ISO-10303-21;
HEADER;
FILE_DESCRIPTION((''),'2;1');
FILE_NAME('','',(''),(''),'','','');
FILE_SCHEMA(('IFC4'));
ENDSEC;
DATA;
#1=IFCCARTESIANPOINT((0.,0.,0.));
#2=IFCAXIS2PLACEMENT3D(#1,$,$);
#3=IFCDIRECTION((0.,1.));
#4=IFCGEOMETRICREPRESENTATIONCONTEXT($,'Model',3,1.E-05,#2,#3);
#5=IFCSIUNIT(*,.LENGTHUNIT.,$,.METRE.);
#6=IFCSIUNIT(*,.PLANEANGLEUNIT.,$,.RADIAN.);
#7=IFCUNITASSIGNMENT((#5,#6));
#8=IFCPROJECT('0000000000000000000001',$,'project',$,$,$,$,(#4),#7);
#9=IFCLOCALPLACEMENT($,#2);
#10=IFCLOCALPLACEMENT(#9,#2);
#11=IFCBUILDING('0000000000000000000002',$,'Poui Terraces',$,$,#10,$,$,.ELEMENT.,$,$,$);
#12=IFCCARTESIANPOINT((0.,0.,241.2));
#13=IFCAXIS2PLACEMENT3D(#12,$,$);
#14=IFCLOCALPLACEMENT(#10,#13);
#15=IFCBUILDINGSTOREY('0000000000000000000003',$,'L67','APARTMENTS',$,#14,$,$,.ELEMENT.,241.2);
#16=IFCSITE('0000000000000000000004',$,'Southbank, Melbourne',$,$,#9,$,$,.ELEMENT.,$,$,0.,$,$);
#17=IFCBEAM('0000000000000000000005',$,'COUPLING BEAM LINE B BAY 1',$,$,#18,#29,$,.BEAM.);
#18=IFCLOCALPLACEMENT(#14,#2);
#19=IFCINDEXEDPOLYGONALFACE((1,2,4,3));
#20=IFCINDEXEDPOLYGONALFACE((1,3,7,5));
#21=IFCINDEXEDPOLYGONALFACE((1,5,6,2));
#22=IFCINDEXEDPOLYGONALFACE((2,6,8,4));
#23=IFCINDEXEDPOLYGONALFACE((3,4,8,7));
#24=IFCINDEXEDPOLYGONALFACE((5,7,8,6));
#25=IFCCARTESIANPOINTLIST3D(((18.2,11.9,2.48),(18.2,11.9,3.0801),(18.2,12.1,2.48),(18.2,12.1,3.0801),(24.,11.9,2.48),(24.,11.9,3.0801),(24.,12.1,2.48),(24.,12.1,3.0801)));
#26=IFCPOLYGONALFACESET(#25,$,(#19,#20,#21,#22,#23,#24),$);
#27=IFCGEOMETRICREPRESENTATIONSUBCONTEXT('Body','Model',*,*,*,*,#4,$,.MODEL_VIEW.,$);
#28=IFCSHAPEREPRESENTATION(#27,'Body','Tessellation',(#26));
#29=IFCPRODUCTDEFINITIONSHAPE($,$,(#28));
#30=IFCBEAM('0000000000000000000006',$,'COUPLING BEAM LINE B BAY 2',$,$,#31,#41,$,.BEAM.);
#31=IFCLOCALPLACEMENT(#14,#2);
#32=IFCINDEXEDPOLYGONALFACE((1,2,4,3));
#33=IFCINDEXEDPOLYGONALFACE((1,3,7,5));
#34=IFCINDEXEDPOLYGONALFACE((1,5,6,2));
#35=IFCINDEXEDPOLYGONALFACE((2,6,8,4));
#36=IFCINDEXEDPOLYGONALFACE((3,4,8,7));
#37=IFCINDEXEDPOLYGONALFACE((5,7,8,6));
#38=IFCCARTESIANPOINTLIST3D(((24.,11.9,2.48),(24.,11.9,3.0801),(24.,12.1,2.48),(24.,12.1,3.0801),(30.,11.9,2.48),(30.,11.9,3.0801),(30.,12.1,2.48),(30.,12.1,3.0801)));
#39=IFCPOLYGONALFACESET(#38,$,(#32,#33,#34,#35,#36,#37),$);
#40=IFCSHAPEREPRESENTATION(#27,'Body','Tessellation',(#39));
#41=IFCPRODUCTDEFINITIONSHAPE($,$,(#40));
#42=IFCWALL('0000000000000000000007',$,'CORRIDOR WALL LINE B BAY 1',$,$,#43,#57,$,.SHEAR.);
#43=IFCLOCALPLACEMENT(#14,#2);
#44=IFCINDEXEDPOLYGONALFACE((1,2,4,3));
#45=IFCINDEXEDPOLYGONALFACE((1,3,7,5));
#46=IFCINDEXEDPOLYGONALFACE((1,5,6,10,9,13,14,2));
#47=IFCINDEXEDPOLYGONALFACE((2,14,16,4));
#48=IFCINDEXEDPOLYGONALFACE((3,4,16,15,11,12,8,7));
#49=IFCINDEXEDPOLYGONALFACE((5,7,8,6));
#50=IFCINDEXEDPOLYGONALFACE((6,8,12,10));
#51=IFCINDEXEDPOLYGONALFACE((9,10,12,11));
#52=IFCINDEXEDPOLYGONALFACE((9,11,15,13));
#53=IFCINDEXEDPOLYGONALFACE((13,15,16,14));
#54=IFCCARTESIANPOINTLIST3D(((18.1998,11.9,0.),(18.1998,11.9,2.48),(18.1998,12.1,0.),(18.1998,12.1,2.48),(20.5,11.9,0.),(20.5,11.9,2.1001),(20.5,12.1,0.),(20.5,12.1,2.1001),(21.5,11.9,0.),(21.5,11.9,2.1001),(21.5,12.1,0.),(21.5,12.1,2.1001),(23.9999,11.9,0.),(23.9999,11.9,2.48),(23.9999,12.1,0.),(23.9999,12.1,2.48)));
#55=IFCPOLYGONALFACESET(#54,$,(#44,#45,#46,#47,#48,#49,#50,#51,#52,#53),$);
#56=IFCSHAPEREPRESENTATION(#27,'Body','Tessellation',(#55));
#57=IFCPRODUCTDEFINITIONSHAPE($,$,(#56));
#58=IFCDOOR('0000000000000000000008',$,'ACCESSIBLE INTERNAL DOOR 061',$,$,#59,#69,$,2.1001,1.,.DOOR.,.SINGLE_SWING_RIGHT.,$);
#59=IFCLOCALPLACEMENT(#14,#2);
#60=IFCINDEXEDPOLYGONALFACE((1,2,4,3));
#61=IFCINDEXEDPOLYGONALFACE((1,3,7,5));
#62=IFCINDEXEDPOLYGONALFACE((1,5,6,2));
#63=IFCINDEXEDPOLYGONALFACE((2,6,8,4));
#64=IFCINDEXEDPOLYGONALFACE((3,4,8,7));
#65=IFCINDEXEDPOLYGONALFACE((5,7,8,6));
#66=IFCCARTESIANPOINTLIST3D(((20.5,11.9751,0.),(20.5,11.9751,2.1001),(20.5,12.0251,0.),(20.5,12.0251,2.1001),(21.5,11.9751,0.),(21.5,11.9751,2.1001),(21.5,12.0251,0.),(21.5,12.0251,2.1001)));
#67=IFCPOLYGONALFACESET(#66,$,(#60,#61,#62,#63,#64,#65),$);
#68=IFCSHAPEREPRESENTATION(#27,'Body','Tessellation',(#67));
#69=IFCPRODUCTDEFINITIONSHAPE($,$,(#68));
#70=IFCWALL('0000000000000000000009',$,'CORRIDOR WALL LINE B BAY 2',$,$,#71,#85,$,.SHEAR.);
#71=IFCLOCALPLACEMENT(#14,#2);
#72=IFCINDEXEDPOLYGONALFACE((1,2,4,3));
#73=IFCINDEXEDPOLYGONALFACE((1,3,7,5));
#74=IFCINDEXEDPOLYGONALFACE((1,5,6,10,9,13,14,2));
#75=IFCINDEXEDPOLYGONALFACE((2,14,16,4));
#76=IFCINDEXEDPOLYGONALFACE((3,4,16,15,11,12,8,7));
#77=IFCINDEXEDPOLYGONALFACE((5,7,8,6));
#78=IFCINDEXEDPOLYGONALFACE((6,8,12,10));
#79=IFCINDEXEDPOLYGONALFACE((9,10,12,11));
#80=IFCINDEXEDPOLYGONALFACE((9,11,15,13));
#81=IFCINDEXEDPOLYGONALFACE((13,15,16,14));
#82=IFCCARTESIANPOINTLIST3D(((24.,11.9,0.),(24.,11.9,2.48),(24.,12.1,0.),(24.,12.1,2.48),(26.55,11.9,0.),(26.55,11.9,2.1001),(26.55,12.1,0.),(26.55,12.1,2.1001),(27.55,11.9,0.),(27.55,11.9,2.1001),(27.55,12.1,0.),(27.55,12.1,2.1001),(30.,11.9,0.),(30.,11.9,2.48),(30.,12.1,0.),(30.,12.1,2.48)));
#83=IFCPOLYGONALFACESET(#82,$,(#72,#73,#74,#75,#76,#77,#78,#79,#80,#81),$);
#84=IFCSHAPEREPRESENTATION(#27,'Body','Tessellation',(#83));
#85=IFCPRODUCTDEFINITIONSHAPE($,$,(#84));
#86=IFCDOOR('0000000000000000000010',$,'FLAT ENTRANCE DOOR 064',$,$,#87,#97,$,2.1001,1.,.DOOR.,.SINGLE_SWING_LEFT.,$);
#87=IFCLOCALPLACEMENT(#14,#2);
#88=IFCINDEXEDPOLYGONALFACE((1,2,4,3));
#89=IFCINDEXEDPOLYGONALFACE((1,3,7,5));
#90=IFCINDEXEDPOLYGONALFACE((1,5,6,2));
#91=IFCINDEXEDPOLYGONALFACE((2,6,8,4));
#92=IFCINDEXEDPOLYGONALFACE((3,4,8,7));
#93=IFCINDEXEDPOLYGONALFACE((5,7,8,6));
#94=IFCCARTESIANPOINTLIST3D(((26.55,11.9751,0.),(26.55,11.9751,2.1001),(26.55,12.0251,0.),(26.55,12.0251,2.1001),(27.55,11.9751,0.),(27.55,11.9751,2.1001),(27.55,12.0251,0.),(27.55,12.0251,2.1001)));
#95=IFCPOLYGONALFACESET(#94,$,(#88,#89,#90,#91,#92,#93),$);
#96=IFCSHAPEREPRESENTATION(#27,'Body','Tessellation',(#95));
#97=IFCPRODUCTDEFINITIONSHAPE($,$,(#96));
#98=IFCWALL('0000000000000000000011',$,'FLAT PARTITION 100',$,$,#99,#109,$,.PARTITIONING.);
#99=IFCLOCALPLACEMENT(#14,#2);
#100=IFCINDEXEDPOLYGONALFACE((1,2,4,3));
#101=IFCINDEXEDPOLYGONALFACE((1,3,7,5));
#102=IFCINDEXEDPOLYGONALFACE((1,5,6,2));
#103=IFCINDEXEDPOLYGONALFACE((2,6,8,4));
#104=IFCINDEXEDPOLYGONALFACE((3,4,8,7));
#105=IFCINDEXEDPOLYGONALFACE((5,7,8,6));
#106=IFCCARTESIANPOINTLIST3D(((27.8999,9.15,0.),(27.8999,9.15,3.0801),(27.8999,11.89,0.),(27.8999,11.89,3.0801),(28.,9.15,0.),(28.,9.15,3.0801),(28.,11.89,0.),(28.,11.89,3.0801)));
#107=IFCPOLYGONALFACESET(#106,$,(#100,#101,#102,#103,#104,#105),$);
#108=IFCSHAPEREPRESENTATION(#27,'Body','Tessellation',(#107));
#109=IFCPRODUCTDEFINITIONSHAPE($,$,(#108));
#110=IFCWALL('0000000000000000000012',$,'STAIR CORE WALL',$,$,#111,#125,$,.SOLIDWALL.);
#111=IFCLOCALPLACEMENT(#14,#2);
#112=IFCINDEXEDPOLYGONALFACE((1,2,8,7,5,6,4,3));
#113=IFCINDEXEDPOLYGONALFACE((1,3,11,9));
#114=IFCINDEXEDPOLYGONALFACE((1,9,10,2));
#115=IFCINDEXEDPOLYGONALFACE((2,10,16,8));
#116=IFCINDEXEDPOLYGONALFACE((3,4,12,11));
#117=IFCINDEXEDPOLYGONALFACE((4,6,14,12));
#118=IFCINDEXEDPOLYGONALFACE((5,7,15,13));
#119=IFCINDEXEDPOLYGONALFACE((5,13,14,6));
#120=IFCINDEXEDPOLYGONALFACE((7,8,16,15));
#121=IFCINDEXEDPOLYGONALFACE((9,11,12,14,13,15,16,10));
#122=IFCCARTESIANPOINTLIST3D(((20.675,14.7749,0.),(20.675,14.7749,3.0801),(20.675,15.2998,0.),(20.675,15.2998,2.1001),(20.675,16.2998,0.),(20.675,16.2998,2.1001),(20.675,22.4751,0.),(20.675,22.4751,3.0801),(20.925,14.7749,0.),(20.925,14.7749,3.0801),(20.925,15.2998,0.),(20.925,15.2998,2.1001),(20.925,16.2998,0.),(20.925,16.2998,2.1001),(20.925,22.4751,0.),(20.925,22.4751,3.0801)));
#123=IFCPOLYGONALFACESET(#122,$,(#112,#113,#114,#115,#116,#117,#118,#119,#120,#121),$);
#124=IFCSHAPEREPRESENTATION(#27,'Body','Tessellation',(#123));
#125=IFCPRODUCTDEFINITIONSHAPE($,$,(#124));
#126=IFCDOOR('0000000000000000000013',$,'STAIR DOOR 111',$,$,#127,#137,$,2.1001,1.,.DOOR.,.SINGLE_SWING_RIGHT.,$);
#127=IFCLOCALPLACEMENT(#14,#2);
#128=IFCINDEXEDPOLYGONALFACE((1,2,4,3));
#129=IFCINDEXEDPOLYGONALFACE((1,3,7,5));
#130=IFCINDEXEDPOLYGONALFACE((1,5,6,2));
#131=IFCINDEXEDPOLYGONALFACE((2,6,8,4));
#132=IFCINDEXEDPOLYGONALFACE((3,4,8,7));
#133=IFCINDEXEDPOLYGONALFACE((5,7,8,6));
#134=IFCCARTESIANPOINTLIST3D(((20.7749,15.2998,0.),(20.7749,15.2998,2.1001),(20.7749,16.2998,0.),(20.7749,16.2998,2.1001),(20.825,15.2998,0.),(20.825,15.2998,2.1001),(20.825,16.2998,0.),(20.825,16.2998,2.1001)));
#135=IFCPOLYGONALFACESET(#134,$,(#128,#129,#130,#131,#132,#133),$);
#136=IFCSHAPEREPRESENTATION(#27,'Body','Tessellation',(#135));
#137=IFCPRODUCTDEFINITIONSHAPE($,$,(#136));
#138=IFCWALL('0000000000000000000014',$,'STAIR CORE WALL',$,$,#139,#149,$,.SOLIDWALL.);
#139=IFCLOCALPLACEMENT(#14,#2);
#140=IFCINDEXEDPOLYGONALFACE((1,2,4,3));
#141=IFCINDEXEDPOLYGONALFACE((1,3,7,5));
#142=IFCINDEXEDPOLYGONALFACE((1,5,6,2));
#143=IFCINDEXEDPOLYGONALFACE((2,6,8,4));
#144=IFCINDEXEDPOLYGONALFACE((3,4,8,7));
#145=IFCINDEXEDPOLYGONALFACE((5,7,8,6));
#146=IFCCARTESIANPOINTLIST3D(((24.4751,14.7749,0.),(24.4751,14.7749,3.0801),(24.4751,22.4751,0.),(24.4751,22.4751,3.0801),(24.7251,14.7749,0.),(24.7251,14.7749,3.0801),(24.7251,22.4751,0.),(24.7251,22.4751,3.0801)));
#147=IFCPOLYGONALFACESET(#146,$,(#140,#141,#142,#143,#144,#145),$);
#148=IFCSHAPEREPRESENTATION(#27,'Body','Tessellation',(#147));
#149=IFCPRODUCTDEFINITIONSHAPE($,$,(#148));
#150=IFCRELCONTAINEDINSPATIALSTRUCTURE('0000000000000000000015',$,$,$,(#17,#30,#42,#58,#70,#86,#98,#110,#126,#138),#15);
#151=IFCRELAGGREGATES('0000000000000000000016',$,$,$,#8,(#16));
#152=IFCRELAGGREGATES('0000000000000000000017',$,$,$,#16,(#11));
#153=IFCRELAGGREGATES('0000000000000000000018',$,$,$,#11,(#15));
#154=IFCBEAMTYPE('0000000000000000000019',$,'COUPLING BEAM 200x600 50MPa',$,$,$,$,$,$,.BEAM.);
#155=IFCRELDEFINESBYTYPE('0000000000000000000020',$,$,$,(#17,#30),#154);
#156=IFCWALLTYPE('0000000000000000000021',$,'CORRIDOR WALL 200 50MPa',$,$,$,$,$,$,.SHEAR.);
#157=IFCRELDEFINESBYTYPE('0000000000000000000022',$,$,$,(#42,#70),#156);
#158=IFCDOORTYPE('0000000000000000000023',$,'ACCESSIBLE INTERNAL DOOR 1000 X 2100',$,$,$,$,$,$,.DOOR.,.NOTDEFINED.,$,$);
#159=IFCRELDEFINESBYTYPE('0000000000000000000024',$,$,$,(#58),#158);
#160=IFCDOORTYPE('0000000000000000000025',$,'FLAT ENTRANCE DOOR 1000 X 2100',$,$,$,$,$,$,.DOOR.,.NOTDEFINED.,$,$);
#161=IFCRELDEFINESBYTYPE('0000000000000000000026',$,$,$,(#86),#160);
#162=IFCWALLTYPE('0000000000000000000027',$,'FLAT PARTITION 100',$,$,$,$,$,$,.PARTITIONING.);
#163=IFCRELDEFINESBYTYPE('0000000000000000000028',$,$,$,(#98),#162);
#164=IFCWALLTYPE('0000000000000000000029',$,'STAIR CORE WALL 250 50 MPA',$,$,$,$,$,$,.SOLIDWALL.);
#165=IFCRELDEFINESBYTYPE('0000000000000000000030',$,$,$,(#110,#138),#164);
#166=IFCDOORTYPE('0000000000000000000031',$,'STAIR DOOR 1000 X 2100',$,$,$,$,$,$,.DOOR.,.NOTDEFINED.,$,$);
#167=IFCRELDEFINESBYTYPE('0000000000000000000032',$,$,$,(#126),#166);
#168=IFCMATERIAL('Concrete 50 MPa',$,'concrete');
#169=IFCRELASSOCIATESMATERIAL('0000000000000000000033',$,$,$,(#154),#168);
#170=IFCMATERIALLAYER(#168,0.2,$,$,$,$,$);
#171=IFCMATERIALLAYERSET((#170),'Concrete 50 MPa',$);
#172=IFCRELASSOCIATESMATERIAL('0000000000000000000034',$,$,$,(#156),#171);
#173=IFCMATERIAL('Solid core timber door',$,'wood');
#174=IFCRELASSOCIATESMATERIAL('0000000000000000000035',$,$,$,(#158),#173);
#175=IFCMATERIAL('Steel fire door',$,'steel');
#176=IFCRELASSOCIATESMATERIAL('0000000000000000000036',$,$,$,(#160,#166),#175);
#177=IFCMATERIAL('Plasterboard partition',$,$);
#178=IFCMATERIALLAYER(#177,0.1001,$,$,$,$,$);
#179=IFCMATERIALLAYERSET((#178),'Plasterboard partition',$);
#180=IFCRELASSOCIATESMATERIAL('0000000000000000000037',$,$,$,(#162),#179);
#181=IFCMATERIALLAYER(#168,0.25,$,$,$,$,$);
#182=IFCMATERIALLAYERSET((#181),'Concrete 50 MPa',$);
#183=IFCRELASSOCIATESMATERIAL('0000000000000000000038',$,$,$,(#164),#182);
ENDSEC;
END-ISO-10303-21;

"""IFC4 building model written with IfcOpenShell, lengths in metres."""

from ifc_helpers import new_model, si_unit, direction, frame, frame_2d, origin, origin_2d, place, context, subcontext, project, spatial, rectangle, extrude, source, transform, mapped, material, layer, layer_set, material_profile, profile_set, type_object, element, fill, save


model = new_model("IFC4")

# Units and contexts
model_context = context("Model", 3, precision=1e-05, world=origin(), true_north=direction((0.0, 1.0)))
body_context = subcontext(model_context, "Body", "Model", "MODEL_VIEW")
ifc_project = project(units=[si_unit("LENGTHUNIT", "METRE"), si_unit("PLANEANGLEUNIT", "RADIAN")], contexts=[model_context])

# Site, building, storey
site_placement = place(None, origin())
site = spatial("IfcSite", under=ifc_project, at=site_placement, Name="Southbank, Melbourne", CompositionType="ELEMENT", RefElevation=0.0)
building_placement = place(site_placement, origin())
building = spatial("IfcBuilding", under=site, at=building_placement, Name="Poui Terraces", CompositionType="ELEMENT")
storey_placement = place(building_placement, frame((0.0, 0.0, 241.2)))
storey = spatial("IfcBuildingStorey", under=building, at=storey_placement, Name="L67", Description="APARTMENTS", CompositionType="ELEMENT", Elevation=241.2)

# Beams
ifc_material_1 = material(Name="Concrete 50 MPa", Category="concrete")
ifc_material_profile = material_profile(ifc_material_1, rectangle(XDim=0.2, YDim=0.6001, at=origin_2d()), Name="RC 200x600")
ifc_profile_set = profile_set([ifc_material_profile], Name="Concrete 50 MPa")
beam_type = type_object("IfcBeamType", Name="COUPLING BEAM 200x600 50MPa", PredefinedType="BEAM", material=ifc_profile_set)
shared_shape_1 = source(origin(), body_context, "Body", "SweptSolid", [
    extrude(rectangle(XDim=0.2, YDim=0.6001, at=origin_2d()), origin(), (0.0, 0.0, 1.0), 5.8),
])
beam_1_placement = place(storey_placement, frame((18.2, 12.0, 2.78), z_axis=(1.0, 0.0, 0.0), x_axis=(0.0, 1.0, 0.0)))
element("IfcBeam", 1, at=beam_1_placement, inside=storey, type_object=beam_type, Name="COUPLING BEAM LINE B BAY 1", PredefinedType="BEAM", context=body_context, shape_type="MappedRepresentation", body=[
    mapped(shared_shape_1, transform((0.0, 0.0, 0.0))),
])
shared_shape_2 = source(origin(), body_context, "Body", "SweptSolid", [
    extrude(rectangle(XDim=0.2, YDim=0.6001, at=origin_2d()), origin(), (0.0, 0.0, 1.0), 6.0),
])
beam_2_placement = place(storey_placement, frame((24.0, 12.0, 2.78), z_axis=(1.0, 0.0, 0.0), x_axis=(0.0, 1.0, 0.0)))
element("IfcBeam", 2, at=beam_2_placement, inside=storey, type_object=beam_type, Name="COUPLING BEAM LINE B BAY 2", PredefinedType="BEAM", context=body_context, shape_type="MappedRepresentation", body=[
    mapped(shared_shape_2, transform((0.0, 0.0, 0.0))),
])

# Walls, openings, doors
ifc_layer_1 = layer(ifc_material_1, 0.2)
ifc_layer_set_1 = layer_set([ifc_layer_1], Name="Concrete 50 MPa")
wall_type_1 = type_object("IfcWallType", Name="CORRIDOR WALL 200 50MPa", PredefinedType="SHEAR", material=ifc_layer_set_1)
wall_1_placement = place(storey_placement, frame((18.2, 12.0, 0.0), z_axis=(0.0, 0.0, 1.0), x_axis=(1.0, 0.0, 0.0)))
wall_1 = element("IfcWall", 3, at=wall_1_placement, inside=storey, type_object=wall_type_1, Name="CORRIDOR WALL LINE B BAY 1", PredefinedType="SHEAR", context=body_context, shape_type="SweptSolid", body=[
    extrude(rectangle(XDim=5.8, YDim=0.2, at=frame_2d((2.8999, 0.0))), origin(), (0.0, 0.0, 1.0), 2.48),
])
opening_1_placement = place(wall_1_placement, frame((2.3, 0.0, 0.0)))
opening_1 = element("IfcOpeningElement", 4, at=opening_1_placement, cuts=wall_1, PredefinedType="OPENING", context=body_context, shape_type="SweptSolid", body=[
    extrude(rectangle(XDim=1.0, YDim=2.1001, at=frame_2d((0.5, 1.05))), frame((0.0, 0.1099, 0.0), z_axis=(0.0, -1.0, 0.0), x_axis=(1.0, 0.0, 0.0)), (0.0, 0.0, 1.0), 0.22),
])
ifc_material_2 = material(Name="Solid core timber door", Category="wood")
door_type_1 = type_object("IfcDoorType", Name="ACCESSIBLE INTERNAL DOOR 1000 X 2100", OperationType="NOTDEFINED", PredefinedType="DOOR", material=ifc_material_2)
door_1_placement = place(opening_1_placement, frame((1.0, 0.0, 0.0), z_axis=(0.0, 0.0, 1.0), x_axis=(-1.0, 0.0, 0.0)))
door_1 = element("IfcDoor", 5, at=door_1_placement, inside=storey, type_object=door_type_1, Name="ACCESSIBLE INTERNAL DOOR 061", OperationType="SINGLE_SWING_RIGHT", OverallHeight=2.1001, OverallWidth=1.0, PredefinedType="DOOR", context=body_context, shape_type="SweptSolid", body=[
    extrude(rectangle(XDim=1.0, YDim=2.1001, at=frame_2d((0.5, 1.05))), frame((0.0, 0.0249, 0.0), z_axis=(0.0, -1.0, 0.0), x_axis=(1.0, 0.0, 0.0)), (0.0, 0.0, 1.0), 0.05),
])
fill(opening_1, door_1)
wall_2_placement = place(storey_placement, frame((24.0, 12.0, 0.0), z_axis=(0.0, 0.0, 1.0), x_axis=(1.0, 0.0, 0.0)))
wall_2 = element("IfcWall", 6, at=wall_2_placement, inside=storey, type_object=wall_type_1, Name="CORRIDOR WALL LINE B BAY 2", PredefinedType="SHEAR", context=body_context, shape_type="SweptSolid", body=[
    extrude(rectangle(XDim=6.0, YDim=0.2, at=frame_2d((3.0, 0.0))), origin(), (0.0, 0.0, 1.0), 2.48),
])
opening_2_placement = place(wall_2_placement, frame((2.55, 0.0, 0.0)))
opening_2 = element("IfcOpeningElement", 7, at=opening_2_placement, cuts=wall_2, PredefinedType="OPENING", context=body_context, shape_type="SweptSolid", body=[
    extrude(rectangle(XDim=1.0, YDim=2.1001, at=frame_2d((0.5, 1.05))), frame((0.0, 0.1099, 0.0), z_axis=(0.0, -1.0, 0.0), x_axis=(1.0, 0.0, 0.0)), (0.0, 0.0, 1.0), 0.22),
])
ifc_material_3 = material(Name="Steel fire door", Category="steel")
door_type_2 = type_object("IfcDoorType", Name="FLAT ENTRANCE DOOR 1000 X 2100", OperationType="NOTDEFINED", PredefinedType="DOOR", material=ifc_material_3)
door_2_placement = place(opening_2_placement, frame((1.0, 0.0, 0.0), z_axis=(0.0, 0.0, 1.0), x_axis=(-1.0, 0.0, 0.0)))
door_2 = element("IfcDoor", 8, at=door_2_placement, inside=storey, type_object=door_type_2, Name="FLAT ENTRANCE DOOR 064", OperationType="SINGLE_SWING_LEFT", OverallHeight=2.1001, OverallWidth=1.0, PredefinedType="DOOR", context=body_context, shape_type="SweptSolid", body=[
    extrude(rectangle(XDim=1.0, YDim=2.1001, at=frame_2d((0.5, 1.05))), frame((0.0, 0.0249, 0.0), z_axis=(0.0, -1.0, 0.0), x_axis=(1.0, 0.0, 0.0)), (0.0, 0.0, 1.0), 0.05),
])
fill(opening_2, door_2)

# Wall
ifc_material_4 = material(Name="Plasterboard partition")
ifc_layer_2 = layer(ifc_material_4, 0.1001)
ifc_layer_set_2 = layer_set([ifc_layer_2], Name="Plasterboard partition")
wall_type_2 = type_object("IfcWallType", Name="FLAT PARTITION 100", PredefinedType="PARTITIONING", material=ifc_layer_set_2)
wall_3_placement = place(storey_placement, frame((27.95, 9.1499, 0.0), z_axis=(0.0, 0.0, 1.0), x_axis=(0.0, 1.0, 0.0)))
element("IfcWall", 9, at=wall_3_placement, inside=storey, type_object=wall_type_2, Name="FLAT PARTITION 100", PredefinedType="PARTITIONING", context=body_context, shape_type="SweptSolid", body=[
    extrude(rectangle(XDim=2.74, YDim=0.1001, at=frame_2d((1.3701, 0.0))), origin(), (0.0, 0.0, 1.0), 3.0801),
])

# Shared definitions
door_type_3 = type_object("IfcDoorType", Name="STAIR DOOR 1000 X 2100", OperationType="NOTDEFINED", PredefinedType="DOOR", material=ifc_material_3)

# Wall, opening, door
ifc_layer_3 = layer(ifc_material_1, 0.25)
ifc_layer_set_3 = layer_set([ifc_layer_3], Name="Concrete 50 MPa")
wall_type_3 = type_object("IfcWallType", Name="STAIR CORE WALL 250 50 MPA", PredefinedType="SOLIDWALL", material=ifc_layer_set_3)
wall_4_placement = place(storey_placement, frame((20.8, 14.7749, 0.0), z_axis=(0.0, 0.0, 1.0), x_axis=(0.0, 1.0, 0.0)))
wall_4 = element("IfcWall", 10, at=wall_4_placement, inside=storey, type_object=wall_type_3, Name="STAIR CORE WALL", PredefinedType="SOLIDWALL", context=body_context, shape_type="SweptSolid", body=[
    extrude(rectangle(XDim=7.7002, YDim=0.25, at=frame_2d((3.8501, 0.0))), origin(), (0.0, 0.0, 1.0), 3.0801),
])
opening_3_placement = place(wall_4_placement, frame((0.5249, 0.0, 0.0)))
opening_3 = element("IfcOpeningElement", 11, at=opening_3_placement, cuts=wall_4, PredefinedType="OPENING", context=body_context, shape_type="SweptSolid", body=[
    extrude(rectangle(XDim=1.0, YDim=2.1001, at=frame_2d((0.5, 1.05))), frame((0.0, 0.135, 0.0), z_axis=(0.0, -1.0, 0.0), x_axis=(1.0, 0.0, 0.0)), (0.0, 0.0, 1.0), 0.27),
])
door_3_placement = place(opening_3_placement, frame((1.0, 0.0, 0.0), z_axis=(0.0, 0.0, 1.0), x_axis=(-1.0, 0.0, 0.0)))
door_3 = element("IfcDoor", 12, at=door_3_placement, inside=storey, type_object=door_type_3, Name="STAIR DOOR 111", OperationType="SINGLE_SWING_RIGHT", OverallHeight=2.1001, OverallWidth=1.0, PredefinedType="DOOR", context=body_context, shape_type="SweptSolid", body=[
    extrude(rectangle(XDim=1.0, YDim=2.1001, at=frame_2d((0.5, 1.05))), frame((0.0, 0.0249, 0.0), z_axis=(0.0, -1.0, 0.0), x_axis=(1.0, 0.0, 0.0)), (0.0, 0.0, 1.0), 0.05),
])
fill(opening_3, door_3)

# Wall
wall_5_placement = place(storey_placement, frame((24.6001, 14.7749, 0.0), z_axis=(0.0, 0.0, 1.0), x_axis=(0.0, 1.0, 0.0)))
element("IfcWall", 13, at=wall_5_placement, inside=storey, type_object=wall_type_3, Name="STAIR CORE WALL", PredefinedType="SOLIDWALL", context=body_context, shape_type="SweptSolid", body=[
    extrude(rectangle(XDim=7.7002, YDim=0.25, at=frame_2d((3.8501, 0.0))), origin(), (0.0, 0.0, 1.0), 3.0801),
])

save(model, "model.ifc")
